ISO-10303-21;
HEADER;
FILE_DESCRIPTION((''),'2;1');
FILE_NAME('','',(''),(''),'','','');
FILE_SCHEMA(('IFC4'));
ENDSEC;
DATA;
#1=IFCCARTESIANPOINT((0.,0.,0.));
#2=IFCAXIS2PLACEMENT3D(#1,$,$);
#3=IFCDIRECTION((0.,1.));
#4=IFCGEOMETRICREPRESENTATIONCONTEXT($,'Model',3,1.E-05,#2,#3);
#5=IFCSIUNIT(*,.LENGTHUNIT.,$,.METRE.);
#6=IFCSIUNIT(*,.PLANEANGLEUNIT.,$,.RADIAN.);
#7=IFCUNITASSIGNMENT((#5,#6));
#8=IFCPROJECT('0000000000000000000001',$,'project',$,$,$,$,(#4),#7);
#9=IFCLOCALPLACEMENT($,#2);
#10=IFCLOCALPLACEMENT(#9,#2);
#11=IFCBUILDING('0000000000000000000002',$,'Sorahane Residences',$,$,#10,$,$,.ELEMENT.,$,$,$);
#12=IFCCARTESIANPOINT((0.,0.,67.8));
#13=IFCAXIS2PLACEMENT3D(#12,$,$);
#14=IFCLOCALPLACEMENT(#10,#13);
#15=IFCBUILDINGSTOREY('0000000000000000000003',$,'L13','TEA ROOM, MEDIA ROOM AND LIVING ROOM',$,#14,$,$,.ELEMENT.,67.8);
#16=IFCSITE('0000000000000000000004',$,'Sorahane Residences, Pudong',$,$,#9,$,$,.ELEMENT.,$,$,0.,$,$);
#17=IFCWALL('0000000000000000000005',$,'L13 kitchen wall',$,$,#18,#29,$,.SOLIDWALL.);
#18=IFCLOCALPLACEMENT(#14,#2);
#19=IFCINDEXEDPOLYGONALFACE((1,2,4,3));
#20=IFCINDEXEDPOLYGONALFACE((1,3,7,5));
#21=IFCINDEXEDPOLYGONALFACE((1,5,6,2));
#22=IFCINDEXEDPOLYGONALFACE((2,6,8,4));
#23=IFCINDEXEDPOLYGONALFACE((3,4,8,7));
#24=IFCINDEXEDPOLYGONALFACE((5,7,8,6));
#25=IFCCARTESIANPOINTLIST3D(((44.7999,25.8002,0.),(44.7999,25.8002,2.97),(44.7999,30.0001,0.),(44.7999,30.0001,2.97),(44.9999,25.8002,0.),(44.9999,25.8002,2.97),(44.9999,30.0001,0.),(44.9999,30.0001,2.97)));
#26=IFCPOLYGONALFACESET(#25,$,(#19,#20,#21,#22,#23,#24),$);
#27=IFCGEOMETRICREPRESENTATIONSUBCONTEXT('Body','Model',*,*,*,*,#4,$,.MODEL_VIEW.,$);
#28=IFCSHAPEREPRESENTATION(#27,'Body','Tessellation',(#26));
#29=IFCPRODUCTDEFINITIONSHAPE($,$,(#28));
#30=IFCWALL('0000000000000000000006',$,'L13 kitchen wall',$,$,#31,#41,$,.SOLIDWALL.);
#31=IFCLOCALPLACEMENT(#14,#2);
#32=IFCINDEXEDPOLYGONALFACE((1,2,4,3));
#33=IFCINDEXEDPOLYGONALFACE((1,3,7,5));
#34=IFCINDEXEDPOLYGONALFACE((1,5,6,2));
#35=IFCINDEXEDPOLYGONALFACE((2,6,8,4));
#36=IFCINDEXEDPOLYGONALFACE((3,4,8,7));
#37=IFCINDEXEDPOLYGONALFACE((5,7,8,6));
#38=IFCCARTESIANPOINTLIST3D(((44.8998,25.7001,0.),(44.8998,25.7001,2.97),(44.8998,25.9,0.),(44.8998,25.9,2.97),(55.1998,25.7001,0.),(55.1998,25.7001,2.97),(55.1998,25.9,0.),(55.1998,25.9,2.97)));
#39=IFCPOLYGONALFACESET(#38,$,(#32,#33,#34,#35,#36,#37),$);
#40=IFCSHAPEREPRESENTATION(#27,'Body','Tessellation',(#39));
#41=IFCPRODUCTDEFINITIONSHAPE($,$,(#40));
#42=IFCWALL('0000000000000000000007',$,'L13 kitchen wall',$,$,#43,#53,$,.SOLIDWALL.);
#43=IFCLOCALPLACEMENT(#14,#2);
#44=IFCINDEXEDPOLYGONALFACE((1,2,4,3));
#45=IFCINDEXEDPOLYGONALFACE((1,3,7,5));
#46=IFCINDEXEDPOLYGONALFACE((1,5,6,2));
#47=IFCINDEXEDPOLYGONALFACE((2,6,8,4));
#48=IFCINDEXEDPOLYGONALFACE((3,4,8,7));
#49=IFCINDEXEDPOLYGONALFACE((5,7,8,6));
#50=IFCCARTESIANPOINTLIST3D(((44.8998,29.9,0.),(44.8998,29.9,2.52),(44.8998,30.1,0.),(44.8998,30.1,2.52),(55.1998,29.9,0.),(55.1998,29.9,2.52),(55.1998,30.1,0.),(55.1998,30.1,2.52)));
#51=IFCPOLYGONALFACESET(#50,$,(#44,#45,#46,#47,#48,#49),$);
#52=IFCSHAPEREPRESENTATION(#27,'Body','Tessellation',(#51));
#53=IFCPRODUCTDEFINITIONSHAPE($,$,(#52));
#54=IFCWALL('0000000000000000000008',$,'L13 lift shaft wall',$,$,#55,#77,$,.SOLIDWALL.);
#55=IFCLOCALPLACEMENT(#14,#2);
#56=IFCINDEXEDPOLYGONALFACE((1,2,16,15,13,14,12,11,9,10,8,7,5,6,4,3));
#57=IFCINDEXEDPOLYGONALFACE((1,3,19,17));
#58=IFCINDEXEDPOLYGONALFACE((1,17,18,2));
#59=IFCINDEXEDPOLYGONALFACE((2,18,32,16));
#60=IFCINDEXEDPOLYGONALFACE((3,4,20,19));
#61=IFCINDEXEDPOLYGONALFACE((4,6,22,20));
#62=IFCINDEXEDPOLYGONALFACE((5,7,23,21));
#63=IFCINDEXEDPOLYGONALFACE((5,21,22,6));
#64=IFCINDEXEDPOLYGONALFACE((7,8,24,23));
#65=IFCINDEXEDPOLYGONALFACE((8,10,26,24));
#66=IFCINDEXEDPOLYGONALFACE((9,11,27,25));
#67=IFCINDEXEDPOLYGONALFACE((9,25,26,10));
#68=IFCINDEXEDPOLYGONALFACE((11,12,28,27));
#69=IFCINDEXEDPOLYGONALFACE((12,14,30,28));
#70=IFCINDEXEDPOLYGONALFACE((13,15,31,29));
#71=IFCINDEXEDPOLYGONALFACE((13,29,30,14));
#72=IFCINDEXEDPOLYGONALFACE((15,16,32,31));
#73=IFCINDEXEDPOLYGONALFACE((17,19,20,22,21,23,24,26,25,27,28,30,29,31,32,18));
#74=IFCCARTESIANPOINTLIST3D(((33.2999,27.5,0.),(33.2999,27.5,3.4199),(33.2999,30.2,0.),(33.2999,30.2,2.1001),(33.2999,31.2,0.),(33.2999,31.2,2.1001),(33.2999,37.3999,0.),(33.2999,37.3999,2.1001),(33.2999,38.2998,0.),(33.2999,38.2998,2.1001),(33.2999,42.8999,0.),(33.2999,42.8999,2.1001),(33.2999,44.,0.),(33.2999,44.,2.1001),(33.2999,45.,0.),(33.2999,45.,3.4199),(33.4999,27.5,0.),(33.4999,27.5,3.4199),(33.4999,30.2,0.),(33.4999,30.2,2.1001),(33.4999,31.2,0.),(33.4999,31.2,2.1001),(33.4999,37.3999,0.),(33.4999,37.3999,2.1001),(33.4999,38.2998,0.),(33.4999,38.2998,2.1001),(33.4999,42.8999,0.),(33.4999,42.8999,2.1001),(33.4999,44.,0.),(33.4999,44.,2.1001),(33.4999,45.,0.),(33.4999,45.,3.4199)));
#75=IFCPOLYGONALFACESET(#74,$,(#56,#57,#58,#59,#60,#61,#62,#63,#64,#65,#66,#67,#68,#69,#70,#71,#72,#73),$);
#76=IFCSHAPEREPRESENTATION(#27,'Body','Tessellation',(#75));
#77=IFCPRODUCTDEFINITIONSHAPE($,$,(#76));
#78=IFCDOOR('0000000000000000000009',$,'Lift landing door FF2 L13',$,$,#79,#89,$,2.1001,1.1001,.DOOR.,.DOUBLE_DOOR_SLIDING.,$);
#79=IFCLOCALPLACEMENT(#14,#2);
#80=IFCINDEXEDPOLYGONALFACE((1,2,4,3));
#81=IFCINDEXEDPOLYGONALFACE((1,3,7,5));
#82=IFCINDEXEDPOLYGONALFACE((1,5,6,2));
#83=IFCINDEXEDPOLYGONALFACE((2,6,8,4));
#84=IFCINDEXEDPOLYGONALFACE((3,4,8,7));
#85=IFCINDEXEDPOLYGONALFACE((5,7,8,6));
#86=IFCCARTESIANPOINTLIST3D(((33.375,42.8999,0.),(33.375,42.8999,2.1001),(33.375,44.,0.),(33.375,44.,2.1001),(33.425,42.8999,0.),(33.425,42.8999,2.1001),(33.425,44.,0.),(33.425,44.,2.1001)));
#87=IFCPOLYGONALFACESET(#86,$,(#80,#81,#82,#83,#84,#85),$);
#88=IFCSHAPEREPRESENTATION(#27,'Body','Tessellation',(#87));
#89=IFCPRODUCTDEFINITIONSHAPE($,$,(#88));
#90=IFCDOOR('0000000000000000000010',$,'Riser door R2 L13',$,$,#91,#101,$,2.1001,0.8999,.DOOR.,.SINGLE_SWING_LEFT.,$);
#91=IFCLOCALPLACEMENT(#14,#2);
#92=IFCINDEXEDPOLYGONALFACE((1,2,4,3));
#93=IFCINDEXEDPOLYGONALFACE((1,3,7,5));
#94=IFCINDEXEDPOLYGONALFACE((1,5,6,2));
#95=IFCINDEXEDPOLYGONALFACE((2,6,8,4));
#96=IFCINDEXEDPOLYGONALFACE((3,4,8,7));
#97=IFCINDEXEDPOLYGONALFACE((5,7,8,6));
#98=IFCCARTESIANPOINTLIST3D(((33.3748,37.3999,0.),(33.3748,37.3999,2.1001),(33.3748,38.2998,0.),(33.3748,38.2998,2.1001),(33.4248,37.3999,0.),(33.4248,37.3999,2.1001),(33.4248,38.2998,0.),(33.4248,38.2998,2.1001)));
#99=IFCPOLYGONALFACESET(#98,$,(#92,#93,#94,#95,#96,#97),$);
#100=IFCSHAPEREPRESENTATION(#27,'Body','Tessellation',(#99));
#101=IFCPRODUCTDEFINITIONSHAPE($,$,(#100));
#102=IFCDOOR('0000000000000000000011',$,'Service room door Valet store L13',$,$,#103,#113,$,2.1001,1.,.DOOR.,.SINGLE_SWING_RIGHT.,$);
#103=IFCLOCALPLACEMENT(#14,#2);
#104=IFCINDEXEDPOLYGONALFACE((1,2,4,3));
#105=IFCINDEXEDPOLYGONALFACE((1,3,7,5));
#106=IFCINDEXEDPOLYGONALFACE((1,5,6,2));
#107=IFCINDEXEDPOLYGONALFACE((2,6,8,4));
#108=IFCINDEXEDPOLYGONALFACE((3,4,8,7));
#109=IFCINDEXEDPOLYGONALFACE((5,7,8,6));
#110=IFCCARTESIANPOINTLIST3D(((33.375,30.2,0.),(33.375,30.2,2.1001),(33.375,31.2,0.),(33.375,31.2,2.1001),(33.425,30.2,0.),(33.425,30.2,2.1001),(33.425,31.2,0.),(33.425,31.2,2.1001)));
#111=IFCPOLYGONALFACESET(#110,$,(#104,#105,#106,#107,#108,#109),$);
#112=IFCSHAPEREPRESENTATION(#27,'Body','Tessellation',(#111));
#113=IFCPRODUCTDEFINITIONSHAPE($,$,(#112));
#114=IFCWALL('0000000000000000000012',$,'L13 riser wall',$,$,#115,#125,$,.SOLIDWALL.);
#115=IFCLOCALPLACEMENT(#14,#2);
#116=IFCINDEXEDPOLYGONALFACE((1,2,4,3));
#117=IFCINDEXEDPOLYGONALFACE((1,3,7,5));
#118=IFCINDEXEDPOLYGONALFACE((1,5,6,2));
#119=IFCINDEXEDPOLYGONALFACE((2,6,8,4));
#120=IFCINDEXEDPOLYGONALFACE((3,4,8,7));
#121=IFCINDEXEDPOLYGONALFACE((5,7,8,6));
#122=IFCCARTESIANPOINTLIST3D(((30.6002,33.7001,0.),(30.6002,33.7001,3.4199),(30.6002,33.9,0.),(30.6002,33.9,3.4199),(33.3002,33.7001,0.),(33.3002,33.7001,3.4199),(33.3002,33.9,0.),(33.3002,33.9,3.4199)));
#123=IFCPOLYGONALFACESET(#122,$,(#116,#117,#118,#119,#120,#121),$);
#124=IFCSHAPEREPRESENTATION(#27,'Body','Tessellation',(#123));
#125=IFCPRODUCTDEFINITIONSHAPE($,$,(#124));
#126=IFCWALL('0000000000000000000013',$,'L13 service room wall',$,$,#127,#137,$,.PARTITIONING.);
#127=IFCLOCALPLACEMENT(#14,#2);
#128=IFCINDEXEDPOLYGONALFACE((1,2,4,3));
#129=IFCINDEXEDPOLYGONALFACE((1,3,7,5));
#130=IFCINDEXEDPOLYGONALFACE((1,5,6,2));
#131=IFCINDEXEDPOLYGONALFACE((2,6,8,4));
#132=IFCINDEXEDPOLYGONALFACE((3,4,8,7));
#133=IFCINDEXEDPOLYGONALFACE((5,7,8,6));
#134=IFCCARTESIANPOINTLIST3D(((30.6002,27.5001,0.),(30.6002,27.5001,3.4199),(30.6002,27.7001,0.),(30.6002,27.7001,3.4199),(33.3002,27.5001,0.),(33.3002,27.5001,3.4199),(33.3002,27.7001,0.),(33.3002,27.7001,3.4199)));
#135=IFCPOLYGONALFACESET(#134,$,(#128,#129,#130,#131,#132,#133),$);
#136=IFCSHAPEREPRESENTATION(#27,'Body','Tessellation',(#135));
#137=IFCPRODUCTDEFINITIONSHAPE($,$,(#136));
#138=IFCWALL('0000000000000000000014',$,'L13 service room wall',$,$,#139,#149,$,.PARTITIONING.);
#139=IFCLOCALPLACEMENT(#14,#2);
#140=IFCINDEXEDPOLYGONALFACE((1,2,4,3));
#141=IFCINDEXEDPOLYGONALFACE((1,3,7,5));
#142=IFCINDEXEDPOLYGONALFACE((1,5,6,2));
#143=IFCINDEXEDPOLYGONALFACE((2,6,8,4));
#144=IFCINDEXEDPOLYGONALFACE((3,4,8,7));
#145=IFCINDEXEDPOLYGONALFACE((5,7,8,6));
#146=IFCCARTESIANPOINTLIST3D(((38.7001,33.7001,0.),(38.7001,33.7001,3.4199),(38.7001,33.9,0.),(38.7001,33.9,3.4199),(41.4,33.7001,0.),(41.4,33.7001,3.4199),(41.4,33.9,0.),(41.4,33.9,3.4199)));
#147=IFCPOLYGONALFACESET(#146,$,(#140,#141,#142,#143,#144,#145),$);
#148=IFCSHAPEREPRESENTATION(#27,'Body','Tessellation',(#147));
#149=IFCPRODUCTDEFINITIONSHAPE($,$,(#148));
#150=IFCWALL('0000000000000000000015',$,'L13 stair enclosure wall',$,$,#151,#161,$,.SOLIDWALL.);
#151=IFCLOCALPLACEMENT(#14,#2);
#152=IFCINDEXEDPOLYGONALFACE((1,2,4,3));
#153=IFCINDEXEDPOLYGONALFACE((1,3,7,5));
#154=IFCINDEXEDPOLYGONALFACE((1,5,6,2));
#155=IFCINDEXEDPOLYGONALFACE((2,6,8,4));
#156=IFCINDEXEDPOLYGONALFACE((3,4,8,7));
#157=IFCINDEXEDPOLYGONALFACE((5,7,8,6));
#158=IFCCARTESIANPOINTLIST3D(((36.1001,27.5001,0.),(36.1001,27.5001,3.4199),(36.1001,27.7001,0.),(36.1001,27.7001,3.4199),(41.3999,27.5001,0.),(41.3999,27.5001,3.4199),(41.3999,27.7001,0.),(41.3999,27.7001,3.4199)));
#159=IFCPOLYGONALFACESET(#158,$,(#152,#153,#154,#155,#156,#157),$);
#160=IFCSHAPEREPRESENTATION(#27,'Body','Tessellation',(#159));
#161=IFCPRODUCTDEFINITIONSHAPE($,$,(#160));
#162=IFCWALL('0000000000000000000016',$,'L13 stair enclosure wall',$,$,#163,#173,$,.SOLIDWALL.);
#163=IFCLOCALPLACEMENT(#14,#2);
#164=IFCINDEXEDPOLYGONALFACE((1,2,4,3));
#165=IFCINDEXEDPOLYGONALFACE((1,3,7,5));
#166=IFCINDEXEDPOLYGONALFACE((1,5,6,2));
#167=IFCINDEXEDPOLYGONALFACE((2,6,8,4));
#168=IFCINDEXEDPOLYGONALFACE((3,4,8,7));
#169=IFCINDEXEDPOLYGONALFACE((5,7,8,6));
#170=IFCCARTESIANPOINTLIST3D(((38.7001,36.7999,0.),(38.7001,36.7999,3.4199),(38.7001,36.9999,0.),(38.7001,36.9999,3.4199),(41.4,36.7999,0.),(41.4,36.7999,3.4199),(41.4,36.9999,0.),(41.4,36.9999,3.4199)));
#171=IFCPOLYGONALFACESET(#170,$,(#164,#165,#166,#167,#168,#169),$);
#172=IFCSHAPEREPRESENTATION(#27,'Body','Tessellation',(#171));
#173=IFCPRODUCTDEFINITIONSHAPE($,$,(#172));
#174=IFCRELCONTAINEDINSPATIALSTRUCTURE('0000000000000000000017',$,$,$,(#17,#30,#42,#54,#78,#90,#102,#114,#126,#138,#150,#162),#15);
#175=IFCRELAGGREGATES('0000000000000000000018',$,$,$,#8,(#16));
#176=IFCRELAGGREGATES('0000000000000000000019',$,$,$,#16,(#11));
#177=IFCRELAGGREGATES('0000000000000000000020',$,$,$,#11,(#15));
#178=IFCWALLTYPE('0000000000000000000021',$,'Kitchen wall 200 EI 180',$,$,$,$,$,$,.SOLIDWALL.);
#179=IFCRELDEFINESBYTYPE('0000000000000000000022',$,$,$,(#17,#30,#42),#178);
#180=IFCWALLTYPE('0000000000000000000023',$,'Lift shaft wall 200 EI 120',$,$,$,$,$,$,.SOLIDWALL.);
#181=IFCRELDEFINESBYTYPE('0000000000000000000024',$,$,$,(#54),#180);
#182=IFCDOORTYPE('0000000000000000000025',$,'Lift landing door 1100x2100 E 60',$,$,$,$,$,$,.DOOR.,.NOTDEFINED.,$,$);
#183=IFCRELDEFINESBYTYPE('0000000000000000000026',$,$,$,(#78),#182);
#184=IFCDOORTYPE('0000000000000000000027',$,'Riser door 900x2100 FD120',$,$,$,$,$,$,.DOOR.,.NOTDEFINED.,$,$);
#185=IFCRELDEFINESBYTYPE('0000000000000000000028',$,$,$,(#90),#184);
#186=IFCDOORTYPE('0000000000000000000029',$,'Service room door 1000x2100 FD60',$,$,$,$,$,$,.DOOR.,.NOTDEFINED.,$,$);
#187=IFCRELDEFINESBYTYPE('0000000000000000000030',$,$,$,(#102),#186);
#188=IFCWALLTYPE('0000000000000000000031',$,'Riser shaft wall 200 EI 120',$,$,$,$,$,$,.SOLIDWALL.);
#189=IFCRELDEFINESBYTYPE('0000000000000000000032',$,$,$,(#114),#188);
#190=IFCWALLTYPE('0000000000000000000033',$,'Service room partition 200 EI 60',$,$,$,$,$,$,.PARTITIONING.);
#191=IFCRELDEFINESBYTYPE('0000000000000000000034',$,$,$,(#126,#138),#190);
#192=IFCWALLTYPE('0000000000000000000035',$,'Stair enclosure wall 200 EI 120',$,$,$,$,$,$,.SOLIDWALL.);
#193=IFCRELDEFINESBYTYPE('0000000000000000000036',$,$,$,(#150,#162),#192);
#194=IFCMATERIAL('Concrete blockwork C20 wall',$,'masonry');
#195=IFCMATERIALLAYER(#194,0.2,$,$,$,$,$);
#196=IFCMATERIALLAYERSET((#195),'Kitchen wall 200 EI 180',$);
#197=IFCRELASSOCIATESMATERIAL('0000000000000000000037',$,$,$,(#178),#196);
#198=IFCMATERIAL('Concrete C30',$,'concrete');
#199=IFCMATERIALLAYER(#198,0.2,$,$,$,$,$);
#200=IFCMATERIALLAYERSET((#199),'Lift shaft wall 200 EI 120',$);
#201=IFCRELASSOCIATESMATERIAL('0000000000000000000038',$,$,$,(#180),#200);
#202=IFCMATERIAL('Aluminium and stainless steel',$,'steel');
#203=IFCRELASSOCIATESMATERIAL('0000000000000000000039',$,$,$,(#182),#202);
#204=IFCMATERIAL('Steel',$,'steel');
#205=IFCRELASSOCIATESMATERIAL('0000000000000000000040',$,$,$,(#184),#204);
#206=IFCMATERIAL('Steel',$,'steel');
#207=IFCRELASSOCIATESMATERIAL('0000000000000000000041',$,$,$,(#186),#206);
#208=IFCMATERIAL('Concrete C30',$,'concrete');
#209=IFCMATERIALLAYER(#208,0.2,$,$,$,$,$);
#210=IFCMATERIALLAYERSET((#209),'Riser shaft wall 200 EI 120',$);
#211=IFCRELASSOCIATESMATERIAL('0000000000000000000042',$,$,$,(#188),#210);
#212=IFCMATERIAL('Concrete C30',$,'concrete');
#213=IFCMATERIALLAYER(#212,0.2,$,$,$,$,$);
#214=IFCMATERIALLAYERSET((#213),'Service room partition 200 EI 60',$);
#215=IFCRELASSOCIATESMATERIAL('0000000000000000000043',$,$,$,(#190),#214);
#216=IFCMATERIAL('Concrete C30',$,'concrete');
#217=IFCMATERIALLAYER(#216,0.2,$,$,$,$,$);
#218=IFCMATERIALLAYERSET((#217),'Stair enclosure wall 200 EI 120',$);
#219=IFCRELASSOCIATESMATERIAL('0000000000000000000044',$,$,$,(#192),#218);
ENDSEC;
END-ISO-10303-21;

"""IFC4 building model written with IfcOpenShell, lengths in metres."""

from ifc_helpers import new_model, si_unit, direction, frame, frame_2d, origin, place, context, subcontext, project, spatial, rectangle, extrude, material, layer, layer_set, type_object, element, fill, save


model = new_model("IFC4")

# Units and contexts
model_context = context("Model", 3, precision=1e-05, world=origin(), true_north=direction((0.0, 1.0)))
body_context = subcontext(model_context, "Body", "Model", "MODEL_VIEW")
ifc_project = project(units=[si_unit("LENGTHUNIT", "METRE"), si_unit("PLANEANGLEUNIT", "RADIAN")], contexts=[model_context])

# Site, building, storey
site_placement = place(None, origin())
site = spatial("IfcSite", under=ifc_project, at=site_placement, Name="Sorahane Residences, Pudong", CompositionType="ELEMENT", RefElevation=0.0)
building_placement = place(site_placement, origin())
building = spatial("IfcBuilding", under=site, at=building_placement, Name="Sorahane Residences", CompositionType="ELEMENT")
storey_placement = place(building_placement, frame((0.0, 0.0, 67.8)))
storey = spatial("IfcBuildingStorey", under=building, at=storey_placement, Name="L13", Description="TEA ROOM, MEDIA ROOM AND LIVING ROOM", CompositionType="ELEMENT", Elevation=67.8)

# Walls
ifc_material_1 = material(Name="Concrete blockwork C20 wall", Category="masonry")
ifc_layer_1 = layer(ifc_material_1, 0.2)
ifc_layer_set_1 = layer_set([ifc_layer_1], Name="Kitchen wall 200 EI 180")
wall_type_1 = type_object("IfcWallType", Name="Kitchen wall 200 EI 180", PredefinedType="SOLIDWALL", material=ifc_layer_set_1)
wall_1_placement = place(storey_placement, frame((44.8999, 25.8, 0.0), z_axis=(0.0, 0.0, 1.0), x_axis=(0.0, 1.0, 0.0)))
element("IfcWall", 1, at=wall_1_placement, inside=storey, type_object=wall_type_1, Name="L13 kitchen wall", PredefinedType="SOLIDWALL", context=body_context, shape_type="SweptSolid", body=[
    extrude(rectangle(XDim=4.2, YDim=0.2, at=frame_2d((2.1001, 0.0))), origin(), (0.0, 0.0, 1.0), 2.97),
])
wall_2_placement = place(storey_placement, frame((44.8999, 25.8, 0.0), z_axis=(0.0, 0.0, 1.0), x_axis=(1.0, 0.0, 0.0)))
element("IfcWall", 2, at=wall_2_placement, inside=storey, type_object=wall_type_1, Name="L13 kitchen wall", PredefinedType="SOLIDWALL", context=body_context, shape_type="SweptSolid", body=[
    extrude(rectangle(XDim=10.3, YDim=0.2, at=frame_2d((5.1499, 0.0))), origin(), (0.0, 0.0, 1.0), 2.97),
])
wall_3_placement = place(storey_placement, frame((44.8999, 30.0, 0.0), z_axis=(0.0, 0.0, 1.0), x_axis=(1.0, 0.0, 0.0)))
element("IfcWall", 3, at=wall_3_placement, inside=storey, type_object=wall_type_1, Name="L13 kitchen wall", PredefinedType="SOLIDWALL", context=body_context, shape_type="SweptSolid", body=[
    extrude(rectangle(XDim=10.3, YDim=0.2, at=frame_2d((5.1499, 0.0))), origin(), (0.0, 0.0, 1.0), 2.52),
])

# Wall, openings, doors
ifc_material_2 = material(Name="Concrete C30", Category="concrete")
ifc_layer_2 = layer(ifc_material_2, 0.2)
ifc_layer_set_2 = layer_set([ifc_layer_2], Name="Lift shaft wall 200 EI 120")
wall_type_2 = type_object("IfcWallType", Name="Lift shaft wall 200 EI 120", PredefinedType="SOLIDWALL", material=ifc_layer_set_2)
wall_4_placement = place(storey_placement, frame((33.3999, 27.5, 0.0), z_axis=(0.0, 0.0, 1.0), x_axis=(0.0, 1.0, 0.0)))
wall_4 = element("IfcWall", 4, at=wall_4_placement, inside=storey, type_object=wall_type_2, Name="L13 lift shaft wall", PredefinedType="SOLIDWALL", context=body_context, shape_type="SweptSolid", body=[
    extrude(rectangle(XDim=17.5, YDim=0.2, at=frame_2d((8.75, 0.0))), origin(), (0.0, 0.0, 1.0), 3.4199),
])
opening_1_placement = place(wall_4_placement, frame((15.3999, 0.0, 0.0)))
opening_1 = element("IfcOpeningElement", 5, at=opening_1_placement, cuts=wall_4, PredefinedType="OPENING", context=body_context, shape_type="SweptSolid", body=[
    extrude(rectangle(XDim=1.1001, YDim=2.1001, at=frame_2d((0.55, 1.05))), frame((0.0, 0.1099, 0.0), z_axis=(0.0, -1.0, 0.0), x_axis=(1.0, 0.0, 0.0)), (0.0, 0.0, 1.0), 0.22),
])
opening_2_placement = place(wall_4_placement, frame((2.7, 0.0, 0.0)))
opening_2 = element("IfcOpeningElement", 6, at=opening_2_placement, cuts=wall_4, PredefinedType="OPENING", context=body_context, shape_type="SweptSolid", body=[
    extrude(rectangle(XDim=1.0, YDim=2.1001, at=frame_2d((0.5, 1.05))), frame((0.0, 0.1099, 0.0), z_axis=(0.0, -1.0, 0.0), x_axis=(1.0, 0.0, 0.0)), (0.0, 0.0, 1.0), 0.22),
])
opening_3_placement = place(wall_4_placement, frame((9.8999, 0.0, 0.0)))
opening_3 = element("IfcOpeningElement", 7, at=opening_3_placement, cuts=wall_4, PredefinedType="OPENING", context=body_context, shape_type="SweptSolid", body=[
    extrude(rectangle(XDim=0.8999, YDim=2.1001, at=frame_2d((0.45, 1.05))), frame((0.0, 0.1099, 0.0), z_axis=(0.0, -1.0, 0.0), x_axis=(1.0, 0.0, 0.0)), (0.0, 0.0, 1.0), 0.22),
])
ifc_material_3 = material(Name="Aluminium and stainless steel", Category="steel")
door_type_1 = type_object("IfcDoorType", Name="Lift landing door 1100x2100 E 60", OperationType="NOTDEFINED", PredefinedType="DOOR", material=ifc_material_3)
door_1_placement = place(opening_1_placement, origin())
door_1 = element("IfcDoor", 8, at=door_1_placement, inside=storey, type_object=door_type_1, Name="Lift landing door FF2 L13", OperationType="DOUBLE_DOOR_SLIDING", OverallHeight=2.1001, OverallWidth=1.1001, PredefinedType="DOOR", context=body_context, shape_type="SweptSolid", body=[
    extrude(rectangle(XDim=1.1001, YDim=2.1001, at=frame_2d((0.55, 1.05))), frame((0.0, 0.0249, 0.0), z_axis=(0.0, -1.0, 0.0), x_axis=(1.0, 0.0, 0.0)), (0.0, 0.0, 1.0), 0.05),
])
fill(opening_1, door_1)
ifc_material_4 = material(Name="Steel", Category="steel")
door_type_2 = type_object("IfcDoorType", Name="Riser door 900x2100 FD120", OperationType="NOTDEFINED", PredefinedType="DOOR", material=ifc_material_4)
door_2_placement = place(opening_3_placement, frame((0.8999, 0.0, 0.0), z_axis=(0.0, 0.0, 1.0), x_axis=(-1.0, 0.0, 0.0)))
door_2 = element("IfcDoor", 9, at=door_2_placement, inside=storey, type_object=door_type_2, Name="Riser door R2 L13", OperationType="SINGLE_SWING_LEFT", OverallHeight=2.1001, OverallWidth=0.8999, PredefinedType="DOOR", context=body_context, shape_type="SweptSolid", body=[
    extrude(rectangle(XDim=0.8999, YDim=2.1001, at=frame_2d((0.45, 1.05))), frame((0.0, 0.0249, 0.0), z_axis=(0.0, -1.0, 0.0), x_axis=(1.0, 0.0, 0.0)), (0.0, 0.0, 1.0), 0.05),
])
fill(opening_3, door_2)
ifc_material_5 = material(Name="Steel", Category="steel")
door_type_3 = type_object("IfcDoorType", Name="Service room door 1000x2100 FD60", OperationType="NOTDEFINED", PredefinedType="DOOR", material=ifc_material_5)
door_3_placement = place(opening_2_placement, origin())
door_3 = element("IfcDoor", 10, at=door_3_placement, inside=storey, type_object=door_type_3, Name="Service room door Valet store L13", OperationType="SINGLE_SWING_RIGHT", OverallHeight=2.1001, OverallWidth=1.0, PredefinedType="DOOR", context=body_context, shape_type="SweptSolid", body=[
    extrude(rectangle(XDim=1.0, YDim=2.1001, at=frame_2d((0.5, 1.05))), frame((0.0, 0.0249, 0.0), z_axis=(0.0, -1.0, 0.0), x_axis=(1.0, 0.0, 0.0)), (0.0, 0.0, 1.0), 0.05),
])
fill(opening_2, door_3)

# Walls
ifc_material_6 = material(Name="Concrete C30", Category="concrete")
ifc_layer_3 = layer(ifc_material_6, 0.2)
ifc_layer_set_3 = layer_set([ifc_layer_3], Name="Riser shaft wall 200 EI 120")
wall_type_3 = type_object("IfcWallType", Name="Riser shaft wall 200 EI 120", PredefinedType="SOLIDWALL", material=ifc_layer_set_3)
wall_5_placement = place(storey_placement, frame((30.6001, 33.8, 0.0), z_axis=(0.0, 0.0, 1.0), x_axis=(1.0, 0.0, 0.0)))
element("IfcWall", 11, at=wall_5_placement, inside=storey, type_object=wall_type_3, Name="L13 riser wall", PredefinedType="SOLIDWALL", context=body_context, shape_type="SweptSolid", body=[
    extrude(rectangle(XDim=2.7, YDim=0.2, at=frame_2d((1.3501, 0.0))), origin(), (0.0, 0.0, 1.0), 3.4199),
])
ifc_material_7 = material(Name="Concrete C30", Category="concrete")
ifc_layer_4 = layer(ifc_material_7, 0.2)
ifc_layer_set_4 = layer_set([ifc_layer_4], Name="Service room partition 200 EI 60")
wall_type_4 = type_object("IfcWallType", Name="Service room partition 200 EI 60", PredefinedType="PARTITIONING", material=ifc_layer_set_4)
for number, where, z_axis, x_axis, name in (
    (12, (30.6001, 27.6001, 0.0), (0.0, 0.0, 1.0), (1.0, 0.0, 0.0), "L13 service room wall"),
    (13, (38.7, 33.8, 0.0), (0.0, 0.0, 1.0), (1.0, 0.0, 0.0), "L13 service room wall"),
):
    element("IfcWall", number, at=place(storey_placement, frame(where, z_axis=z_axis, x_axis=x_axis)), inside=storey, type_object=wall_type_4, Name=name, PredefinedType="PARTITIONING", context=body_context, shape_type="SweptSolid", body=[
        extrude(rectangle(XDim=2.7, YDim=0.2, at=frame_2d((1.3501, 0.0))), origin(), (0.0, 0.0, 1.0), 3.4199),
    ])
ifc_material_8 = material(Name="Concrete C30", Category="concrete")
ifc_layer_5 = layer(ifc_material_8, 0.2)
ifc_layer_set_5 = layer_set([ifc_layer_5], Name="Stair enclosure wall 200 EI 120")
wall_type_5 = type_object("IfcWallType", Name="Stair enclosure wall 200 EI 120", PredefinedType="SOLIDWALL", material=ifc_layer_set_5)
wall_6_placement = place(storey_placement, frame((36.1001, 27.6001, 0.0), z_axis=(0.0, 0.0, 1.0), x_axis=(1.0, 0.0, 0.0)))
element("IfcWall", 14, at=wall_6_placement, inside=storey, type_object=wall_type_5, Name="L13 stair enclosure wall", PredefinedType="SOLIDWALL", context=body_context, shape_type="SweptSolid", body=[
    extrude(rectangle(XDim=5.2998, YDim=0.2, at=frame_2d((2.6499, 0.0))), origin(), (0.0, 0.0, 1.0), 3.4199),
])
wall_7_placement = place(storey_placement, frame((38.7, 36.8999, 0.0), z_axis=(0.0, 0.0, 1.0), x_axis=(1.0, 0.0, 0.0)))
element("IfcWall", 15, at=wall_7_placement, inside=storey, type_object=wall_type_5, Name="L13 stair enclosure wall", PredefinedType="SOLIDWALL", context=body_context, shape_type="SweptSolid", body=[
    extrude(rectangle(XDim=2.7, YDim=0.2, at=frame_2d((1.3501, 0.0))), origin(), (0.0, 0.0, 1.0), 3.4199),
])

save(model, "model.ifc")
